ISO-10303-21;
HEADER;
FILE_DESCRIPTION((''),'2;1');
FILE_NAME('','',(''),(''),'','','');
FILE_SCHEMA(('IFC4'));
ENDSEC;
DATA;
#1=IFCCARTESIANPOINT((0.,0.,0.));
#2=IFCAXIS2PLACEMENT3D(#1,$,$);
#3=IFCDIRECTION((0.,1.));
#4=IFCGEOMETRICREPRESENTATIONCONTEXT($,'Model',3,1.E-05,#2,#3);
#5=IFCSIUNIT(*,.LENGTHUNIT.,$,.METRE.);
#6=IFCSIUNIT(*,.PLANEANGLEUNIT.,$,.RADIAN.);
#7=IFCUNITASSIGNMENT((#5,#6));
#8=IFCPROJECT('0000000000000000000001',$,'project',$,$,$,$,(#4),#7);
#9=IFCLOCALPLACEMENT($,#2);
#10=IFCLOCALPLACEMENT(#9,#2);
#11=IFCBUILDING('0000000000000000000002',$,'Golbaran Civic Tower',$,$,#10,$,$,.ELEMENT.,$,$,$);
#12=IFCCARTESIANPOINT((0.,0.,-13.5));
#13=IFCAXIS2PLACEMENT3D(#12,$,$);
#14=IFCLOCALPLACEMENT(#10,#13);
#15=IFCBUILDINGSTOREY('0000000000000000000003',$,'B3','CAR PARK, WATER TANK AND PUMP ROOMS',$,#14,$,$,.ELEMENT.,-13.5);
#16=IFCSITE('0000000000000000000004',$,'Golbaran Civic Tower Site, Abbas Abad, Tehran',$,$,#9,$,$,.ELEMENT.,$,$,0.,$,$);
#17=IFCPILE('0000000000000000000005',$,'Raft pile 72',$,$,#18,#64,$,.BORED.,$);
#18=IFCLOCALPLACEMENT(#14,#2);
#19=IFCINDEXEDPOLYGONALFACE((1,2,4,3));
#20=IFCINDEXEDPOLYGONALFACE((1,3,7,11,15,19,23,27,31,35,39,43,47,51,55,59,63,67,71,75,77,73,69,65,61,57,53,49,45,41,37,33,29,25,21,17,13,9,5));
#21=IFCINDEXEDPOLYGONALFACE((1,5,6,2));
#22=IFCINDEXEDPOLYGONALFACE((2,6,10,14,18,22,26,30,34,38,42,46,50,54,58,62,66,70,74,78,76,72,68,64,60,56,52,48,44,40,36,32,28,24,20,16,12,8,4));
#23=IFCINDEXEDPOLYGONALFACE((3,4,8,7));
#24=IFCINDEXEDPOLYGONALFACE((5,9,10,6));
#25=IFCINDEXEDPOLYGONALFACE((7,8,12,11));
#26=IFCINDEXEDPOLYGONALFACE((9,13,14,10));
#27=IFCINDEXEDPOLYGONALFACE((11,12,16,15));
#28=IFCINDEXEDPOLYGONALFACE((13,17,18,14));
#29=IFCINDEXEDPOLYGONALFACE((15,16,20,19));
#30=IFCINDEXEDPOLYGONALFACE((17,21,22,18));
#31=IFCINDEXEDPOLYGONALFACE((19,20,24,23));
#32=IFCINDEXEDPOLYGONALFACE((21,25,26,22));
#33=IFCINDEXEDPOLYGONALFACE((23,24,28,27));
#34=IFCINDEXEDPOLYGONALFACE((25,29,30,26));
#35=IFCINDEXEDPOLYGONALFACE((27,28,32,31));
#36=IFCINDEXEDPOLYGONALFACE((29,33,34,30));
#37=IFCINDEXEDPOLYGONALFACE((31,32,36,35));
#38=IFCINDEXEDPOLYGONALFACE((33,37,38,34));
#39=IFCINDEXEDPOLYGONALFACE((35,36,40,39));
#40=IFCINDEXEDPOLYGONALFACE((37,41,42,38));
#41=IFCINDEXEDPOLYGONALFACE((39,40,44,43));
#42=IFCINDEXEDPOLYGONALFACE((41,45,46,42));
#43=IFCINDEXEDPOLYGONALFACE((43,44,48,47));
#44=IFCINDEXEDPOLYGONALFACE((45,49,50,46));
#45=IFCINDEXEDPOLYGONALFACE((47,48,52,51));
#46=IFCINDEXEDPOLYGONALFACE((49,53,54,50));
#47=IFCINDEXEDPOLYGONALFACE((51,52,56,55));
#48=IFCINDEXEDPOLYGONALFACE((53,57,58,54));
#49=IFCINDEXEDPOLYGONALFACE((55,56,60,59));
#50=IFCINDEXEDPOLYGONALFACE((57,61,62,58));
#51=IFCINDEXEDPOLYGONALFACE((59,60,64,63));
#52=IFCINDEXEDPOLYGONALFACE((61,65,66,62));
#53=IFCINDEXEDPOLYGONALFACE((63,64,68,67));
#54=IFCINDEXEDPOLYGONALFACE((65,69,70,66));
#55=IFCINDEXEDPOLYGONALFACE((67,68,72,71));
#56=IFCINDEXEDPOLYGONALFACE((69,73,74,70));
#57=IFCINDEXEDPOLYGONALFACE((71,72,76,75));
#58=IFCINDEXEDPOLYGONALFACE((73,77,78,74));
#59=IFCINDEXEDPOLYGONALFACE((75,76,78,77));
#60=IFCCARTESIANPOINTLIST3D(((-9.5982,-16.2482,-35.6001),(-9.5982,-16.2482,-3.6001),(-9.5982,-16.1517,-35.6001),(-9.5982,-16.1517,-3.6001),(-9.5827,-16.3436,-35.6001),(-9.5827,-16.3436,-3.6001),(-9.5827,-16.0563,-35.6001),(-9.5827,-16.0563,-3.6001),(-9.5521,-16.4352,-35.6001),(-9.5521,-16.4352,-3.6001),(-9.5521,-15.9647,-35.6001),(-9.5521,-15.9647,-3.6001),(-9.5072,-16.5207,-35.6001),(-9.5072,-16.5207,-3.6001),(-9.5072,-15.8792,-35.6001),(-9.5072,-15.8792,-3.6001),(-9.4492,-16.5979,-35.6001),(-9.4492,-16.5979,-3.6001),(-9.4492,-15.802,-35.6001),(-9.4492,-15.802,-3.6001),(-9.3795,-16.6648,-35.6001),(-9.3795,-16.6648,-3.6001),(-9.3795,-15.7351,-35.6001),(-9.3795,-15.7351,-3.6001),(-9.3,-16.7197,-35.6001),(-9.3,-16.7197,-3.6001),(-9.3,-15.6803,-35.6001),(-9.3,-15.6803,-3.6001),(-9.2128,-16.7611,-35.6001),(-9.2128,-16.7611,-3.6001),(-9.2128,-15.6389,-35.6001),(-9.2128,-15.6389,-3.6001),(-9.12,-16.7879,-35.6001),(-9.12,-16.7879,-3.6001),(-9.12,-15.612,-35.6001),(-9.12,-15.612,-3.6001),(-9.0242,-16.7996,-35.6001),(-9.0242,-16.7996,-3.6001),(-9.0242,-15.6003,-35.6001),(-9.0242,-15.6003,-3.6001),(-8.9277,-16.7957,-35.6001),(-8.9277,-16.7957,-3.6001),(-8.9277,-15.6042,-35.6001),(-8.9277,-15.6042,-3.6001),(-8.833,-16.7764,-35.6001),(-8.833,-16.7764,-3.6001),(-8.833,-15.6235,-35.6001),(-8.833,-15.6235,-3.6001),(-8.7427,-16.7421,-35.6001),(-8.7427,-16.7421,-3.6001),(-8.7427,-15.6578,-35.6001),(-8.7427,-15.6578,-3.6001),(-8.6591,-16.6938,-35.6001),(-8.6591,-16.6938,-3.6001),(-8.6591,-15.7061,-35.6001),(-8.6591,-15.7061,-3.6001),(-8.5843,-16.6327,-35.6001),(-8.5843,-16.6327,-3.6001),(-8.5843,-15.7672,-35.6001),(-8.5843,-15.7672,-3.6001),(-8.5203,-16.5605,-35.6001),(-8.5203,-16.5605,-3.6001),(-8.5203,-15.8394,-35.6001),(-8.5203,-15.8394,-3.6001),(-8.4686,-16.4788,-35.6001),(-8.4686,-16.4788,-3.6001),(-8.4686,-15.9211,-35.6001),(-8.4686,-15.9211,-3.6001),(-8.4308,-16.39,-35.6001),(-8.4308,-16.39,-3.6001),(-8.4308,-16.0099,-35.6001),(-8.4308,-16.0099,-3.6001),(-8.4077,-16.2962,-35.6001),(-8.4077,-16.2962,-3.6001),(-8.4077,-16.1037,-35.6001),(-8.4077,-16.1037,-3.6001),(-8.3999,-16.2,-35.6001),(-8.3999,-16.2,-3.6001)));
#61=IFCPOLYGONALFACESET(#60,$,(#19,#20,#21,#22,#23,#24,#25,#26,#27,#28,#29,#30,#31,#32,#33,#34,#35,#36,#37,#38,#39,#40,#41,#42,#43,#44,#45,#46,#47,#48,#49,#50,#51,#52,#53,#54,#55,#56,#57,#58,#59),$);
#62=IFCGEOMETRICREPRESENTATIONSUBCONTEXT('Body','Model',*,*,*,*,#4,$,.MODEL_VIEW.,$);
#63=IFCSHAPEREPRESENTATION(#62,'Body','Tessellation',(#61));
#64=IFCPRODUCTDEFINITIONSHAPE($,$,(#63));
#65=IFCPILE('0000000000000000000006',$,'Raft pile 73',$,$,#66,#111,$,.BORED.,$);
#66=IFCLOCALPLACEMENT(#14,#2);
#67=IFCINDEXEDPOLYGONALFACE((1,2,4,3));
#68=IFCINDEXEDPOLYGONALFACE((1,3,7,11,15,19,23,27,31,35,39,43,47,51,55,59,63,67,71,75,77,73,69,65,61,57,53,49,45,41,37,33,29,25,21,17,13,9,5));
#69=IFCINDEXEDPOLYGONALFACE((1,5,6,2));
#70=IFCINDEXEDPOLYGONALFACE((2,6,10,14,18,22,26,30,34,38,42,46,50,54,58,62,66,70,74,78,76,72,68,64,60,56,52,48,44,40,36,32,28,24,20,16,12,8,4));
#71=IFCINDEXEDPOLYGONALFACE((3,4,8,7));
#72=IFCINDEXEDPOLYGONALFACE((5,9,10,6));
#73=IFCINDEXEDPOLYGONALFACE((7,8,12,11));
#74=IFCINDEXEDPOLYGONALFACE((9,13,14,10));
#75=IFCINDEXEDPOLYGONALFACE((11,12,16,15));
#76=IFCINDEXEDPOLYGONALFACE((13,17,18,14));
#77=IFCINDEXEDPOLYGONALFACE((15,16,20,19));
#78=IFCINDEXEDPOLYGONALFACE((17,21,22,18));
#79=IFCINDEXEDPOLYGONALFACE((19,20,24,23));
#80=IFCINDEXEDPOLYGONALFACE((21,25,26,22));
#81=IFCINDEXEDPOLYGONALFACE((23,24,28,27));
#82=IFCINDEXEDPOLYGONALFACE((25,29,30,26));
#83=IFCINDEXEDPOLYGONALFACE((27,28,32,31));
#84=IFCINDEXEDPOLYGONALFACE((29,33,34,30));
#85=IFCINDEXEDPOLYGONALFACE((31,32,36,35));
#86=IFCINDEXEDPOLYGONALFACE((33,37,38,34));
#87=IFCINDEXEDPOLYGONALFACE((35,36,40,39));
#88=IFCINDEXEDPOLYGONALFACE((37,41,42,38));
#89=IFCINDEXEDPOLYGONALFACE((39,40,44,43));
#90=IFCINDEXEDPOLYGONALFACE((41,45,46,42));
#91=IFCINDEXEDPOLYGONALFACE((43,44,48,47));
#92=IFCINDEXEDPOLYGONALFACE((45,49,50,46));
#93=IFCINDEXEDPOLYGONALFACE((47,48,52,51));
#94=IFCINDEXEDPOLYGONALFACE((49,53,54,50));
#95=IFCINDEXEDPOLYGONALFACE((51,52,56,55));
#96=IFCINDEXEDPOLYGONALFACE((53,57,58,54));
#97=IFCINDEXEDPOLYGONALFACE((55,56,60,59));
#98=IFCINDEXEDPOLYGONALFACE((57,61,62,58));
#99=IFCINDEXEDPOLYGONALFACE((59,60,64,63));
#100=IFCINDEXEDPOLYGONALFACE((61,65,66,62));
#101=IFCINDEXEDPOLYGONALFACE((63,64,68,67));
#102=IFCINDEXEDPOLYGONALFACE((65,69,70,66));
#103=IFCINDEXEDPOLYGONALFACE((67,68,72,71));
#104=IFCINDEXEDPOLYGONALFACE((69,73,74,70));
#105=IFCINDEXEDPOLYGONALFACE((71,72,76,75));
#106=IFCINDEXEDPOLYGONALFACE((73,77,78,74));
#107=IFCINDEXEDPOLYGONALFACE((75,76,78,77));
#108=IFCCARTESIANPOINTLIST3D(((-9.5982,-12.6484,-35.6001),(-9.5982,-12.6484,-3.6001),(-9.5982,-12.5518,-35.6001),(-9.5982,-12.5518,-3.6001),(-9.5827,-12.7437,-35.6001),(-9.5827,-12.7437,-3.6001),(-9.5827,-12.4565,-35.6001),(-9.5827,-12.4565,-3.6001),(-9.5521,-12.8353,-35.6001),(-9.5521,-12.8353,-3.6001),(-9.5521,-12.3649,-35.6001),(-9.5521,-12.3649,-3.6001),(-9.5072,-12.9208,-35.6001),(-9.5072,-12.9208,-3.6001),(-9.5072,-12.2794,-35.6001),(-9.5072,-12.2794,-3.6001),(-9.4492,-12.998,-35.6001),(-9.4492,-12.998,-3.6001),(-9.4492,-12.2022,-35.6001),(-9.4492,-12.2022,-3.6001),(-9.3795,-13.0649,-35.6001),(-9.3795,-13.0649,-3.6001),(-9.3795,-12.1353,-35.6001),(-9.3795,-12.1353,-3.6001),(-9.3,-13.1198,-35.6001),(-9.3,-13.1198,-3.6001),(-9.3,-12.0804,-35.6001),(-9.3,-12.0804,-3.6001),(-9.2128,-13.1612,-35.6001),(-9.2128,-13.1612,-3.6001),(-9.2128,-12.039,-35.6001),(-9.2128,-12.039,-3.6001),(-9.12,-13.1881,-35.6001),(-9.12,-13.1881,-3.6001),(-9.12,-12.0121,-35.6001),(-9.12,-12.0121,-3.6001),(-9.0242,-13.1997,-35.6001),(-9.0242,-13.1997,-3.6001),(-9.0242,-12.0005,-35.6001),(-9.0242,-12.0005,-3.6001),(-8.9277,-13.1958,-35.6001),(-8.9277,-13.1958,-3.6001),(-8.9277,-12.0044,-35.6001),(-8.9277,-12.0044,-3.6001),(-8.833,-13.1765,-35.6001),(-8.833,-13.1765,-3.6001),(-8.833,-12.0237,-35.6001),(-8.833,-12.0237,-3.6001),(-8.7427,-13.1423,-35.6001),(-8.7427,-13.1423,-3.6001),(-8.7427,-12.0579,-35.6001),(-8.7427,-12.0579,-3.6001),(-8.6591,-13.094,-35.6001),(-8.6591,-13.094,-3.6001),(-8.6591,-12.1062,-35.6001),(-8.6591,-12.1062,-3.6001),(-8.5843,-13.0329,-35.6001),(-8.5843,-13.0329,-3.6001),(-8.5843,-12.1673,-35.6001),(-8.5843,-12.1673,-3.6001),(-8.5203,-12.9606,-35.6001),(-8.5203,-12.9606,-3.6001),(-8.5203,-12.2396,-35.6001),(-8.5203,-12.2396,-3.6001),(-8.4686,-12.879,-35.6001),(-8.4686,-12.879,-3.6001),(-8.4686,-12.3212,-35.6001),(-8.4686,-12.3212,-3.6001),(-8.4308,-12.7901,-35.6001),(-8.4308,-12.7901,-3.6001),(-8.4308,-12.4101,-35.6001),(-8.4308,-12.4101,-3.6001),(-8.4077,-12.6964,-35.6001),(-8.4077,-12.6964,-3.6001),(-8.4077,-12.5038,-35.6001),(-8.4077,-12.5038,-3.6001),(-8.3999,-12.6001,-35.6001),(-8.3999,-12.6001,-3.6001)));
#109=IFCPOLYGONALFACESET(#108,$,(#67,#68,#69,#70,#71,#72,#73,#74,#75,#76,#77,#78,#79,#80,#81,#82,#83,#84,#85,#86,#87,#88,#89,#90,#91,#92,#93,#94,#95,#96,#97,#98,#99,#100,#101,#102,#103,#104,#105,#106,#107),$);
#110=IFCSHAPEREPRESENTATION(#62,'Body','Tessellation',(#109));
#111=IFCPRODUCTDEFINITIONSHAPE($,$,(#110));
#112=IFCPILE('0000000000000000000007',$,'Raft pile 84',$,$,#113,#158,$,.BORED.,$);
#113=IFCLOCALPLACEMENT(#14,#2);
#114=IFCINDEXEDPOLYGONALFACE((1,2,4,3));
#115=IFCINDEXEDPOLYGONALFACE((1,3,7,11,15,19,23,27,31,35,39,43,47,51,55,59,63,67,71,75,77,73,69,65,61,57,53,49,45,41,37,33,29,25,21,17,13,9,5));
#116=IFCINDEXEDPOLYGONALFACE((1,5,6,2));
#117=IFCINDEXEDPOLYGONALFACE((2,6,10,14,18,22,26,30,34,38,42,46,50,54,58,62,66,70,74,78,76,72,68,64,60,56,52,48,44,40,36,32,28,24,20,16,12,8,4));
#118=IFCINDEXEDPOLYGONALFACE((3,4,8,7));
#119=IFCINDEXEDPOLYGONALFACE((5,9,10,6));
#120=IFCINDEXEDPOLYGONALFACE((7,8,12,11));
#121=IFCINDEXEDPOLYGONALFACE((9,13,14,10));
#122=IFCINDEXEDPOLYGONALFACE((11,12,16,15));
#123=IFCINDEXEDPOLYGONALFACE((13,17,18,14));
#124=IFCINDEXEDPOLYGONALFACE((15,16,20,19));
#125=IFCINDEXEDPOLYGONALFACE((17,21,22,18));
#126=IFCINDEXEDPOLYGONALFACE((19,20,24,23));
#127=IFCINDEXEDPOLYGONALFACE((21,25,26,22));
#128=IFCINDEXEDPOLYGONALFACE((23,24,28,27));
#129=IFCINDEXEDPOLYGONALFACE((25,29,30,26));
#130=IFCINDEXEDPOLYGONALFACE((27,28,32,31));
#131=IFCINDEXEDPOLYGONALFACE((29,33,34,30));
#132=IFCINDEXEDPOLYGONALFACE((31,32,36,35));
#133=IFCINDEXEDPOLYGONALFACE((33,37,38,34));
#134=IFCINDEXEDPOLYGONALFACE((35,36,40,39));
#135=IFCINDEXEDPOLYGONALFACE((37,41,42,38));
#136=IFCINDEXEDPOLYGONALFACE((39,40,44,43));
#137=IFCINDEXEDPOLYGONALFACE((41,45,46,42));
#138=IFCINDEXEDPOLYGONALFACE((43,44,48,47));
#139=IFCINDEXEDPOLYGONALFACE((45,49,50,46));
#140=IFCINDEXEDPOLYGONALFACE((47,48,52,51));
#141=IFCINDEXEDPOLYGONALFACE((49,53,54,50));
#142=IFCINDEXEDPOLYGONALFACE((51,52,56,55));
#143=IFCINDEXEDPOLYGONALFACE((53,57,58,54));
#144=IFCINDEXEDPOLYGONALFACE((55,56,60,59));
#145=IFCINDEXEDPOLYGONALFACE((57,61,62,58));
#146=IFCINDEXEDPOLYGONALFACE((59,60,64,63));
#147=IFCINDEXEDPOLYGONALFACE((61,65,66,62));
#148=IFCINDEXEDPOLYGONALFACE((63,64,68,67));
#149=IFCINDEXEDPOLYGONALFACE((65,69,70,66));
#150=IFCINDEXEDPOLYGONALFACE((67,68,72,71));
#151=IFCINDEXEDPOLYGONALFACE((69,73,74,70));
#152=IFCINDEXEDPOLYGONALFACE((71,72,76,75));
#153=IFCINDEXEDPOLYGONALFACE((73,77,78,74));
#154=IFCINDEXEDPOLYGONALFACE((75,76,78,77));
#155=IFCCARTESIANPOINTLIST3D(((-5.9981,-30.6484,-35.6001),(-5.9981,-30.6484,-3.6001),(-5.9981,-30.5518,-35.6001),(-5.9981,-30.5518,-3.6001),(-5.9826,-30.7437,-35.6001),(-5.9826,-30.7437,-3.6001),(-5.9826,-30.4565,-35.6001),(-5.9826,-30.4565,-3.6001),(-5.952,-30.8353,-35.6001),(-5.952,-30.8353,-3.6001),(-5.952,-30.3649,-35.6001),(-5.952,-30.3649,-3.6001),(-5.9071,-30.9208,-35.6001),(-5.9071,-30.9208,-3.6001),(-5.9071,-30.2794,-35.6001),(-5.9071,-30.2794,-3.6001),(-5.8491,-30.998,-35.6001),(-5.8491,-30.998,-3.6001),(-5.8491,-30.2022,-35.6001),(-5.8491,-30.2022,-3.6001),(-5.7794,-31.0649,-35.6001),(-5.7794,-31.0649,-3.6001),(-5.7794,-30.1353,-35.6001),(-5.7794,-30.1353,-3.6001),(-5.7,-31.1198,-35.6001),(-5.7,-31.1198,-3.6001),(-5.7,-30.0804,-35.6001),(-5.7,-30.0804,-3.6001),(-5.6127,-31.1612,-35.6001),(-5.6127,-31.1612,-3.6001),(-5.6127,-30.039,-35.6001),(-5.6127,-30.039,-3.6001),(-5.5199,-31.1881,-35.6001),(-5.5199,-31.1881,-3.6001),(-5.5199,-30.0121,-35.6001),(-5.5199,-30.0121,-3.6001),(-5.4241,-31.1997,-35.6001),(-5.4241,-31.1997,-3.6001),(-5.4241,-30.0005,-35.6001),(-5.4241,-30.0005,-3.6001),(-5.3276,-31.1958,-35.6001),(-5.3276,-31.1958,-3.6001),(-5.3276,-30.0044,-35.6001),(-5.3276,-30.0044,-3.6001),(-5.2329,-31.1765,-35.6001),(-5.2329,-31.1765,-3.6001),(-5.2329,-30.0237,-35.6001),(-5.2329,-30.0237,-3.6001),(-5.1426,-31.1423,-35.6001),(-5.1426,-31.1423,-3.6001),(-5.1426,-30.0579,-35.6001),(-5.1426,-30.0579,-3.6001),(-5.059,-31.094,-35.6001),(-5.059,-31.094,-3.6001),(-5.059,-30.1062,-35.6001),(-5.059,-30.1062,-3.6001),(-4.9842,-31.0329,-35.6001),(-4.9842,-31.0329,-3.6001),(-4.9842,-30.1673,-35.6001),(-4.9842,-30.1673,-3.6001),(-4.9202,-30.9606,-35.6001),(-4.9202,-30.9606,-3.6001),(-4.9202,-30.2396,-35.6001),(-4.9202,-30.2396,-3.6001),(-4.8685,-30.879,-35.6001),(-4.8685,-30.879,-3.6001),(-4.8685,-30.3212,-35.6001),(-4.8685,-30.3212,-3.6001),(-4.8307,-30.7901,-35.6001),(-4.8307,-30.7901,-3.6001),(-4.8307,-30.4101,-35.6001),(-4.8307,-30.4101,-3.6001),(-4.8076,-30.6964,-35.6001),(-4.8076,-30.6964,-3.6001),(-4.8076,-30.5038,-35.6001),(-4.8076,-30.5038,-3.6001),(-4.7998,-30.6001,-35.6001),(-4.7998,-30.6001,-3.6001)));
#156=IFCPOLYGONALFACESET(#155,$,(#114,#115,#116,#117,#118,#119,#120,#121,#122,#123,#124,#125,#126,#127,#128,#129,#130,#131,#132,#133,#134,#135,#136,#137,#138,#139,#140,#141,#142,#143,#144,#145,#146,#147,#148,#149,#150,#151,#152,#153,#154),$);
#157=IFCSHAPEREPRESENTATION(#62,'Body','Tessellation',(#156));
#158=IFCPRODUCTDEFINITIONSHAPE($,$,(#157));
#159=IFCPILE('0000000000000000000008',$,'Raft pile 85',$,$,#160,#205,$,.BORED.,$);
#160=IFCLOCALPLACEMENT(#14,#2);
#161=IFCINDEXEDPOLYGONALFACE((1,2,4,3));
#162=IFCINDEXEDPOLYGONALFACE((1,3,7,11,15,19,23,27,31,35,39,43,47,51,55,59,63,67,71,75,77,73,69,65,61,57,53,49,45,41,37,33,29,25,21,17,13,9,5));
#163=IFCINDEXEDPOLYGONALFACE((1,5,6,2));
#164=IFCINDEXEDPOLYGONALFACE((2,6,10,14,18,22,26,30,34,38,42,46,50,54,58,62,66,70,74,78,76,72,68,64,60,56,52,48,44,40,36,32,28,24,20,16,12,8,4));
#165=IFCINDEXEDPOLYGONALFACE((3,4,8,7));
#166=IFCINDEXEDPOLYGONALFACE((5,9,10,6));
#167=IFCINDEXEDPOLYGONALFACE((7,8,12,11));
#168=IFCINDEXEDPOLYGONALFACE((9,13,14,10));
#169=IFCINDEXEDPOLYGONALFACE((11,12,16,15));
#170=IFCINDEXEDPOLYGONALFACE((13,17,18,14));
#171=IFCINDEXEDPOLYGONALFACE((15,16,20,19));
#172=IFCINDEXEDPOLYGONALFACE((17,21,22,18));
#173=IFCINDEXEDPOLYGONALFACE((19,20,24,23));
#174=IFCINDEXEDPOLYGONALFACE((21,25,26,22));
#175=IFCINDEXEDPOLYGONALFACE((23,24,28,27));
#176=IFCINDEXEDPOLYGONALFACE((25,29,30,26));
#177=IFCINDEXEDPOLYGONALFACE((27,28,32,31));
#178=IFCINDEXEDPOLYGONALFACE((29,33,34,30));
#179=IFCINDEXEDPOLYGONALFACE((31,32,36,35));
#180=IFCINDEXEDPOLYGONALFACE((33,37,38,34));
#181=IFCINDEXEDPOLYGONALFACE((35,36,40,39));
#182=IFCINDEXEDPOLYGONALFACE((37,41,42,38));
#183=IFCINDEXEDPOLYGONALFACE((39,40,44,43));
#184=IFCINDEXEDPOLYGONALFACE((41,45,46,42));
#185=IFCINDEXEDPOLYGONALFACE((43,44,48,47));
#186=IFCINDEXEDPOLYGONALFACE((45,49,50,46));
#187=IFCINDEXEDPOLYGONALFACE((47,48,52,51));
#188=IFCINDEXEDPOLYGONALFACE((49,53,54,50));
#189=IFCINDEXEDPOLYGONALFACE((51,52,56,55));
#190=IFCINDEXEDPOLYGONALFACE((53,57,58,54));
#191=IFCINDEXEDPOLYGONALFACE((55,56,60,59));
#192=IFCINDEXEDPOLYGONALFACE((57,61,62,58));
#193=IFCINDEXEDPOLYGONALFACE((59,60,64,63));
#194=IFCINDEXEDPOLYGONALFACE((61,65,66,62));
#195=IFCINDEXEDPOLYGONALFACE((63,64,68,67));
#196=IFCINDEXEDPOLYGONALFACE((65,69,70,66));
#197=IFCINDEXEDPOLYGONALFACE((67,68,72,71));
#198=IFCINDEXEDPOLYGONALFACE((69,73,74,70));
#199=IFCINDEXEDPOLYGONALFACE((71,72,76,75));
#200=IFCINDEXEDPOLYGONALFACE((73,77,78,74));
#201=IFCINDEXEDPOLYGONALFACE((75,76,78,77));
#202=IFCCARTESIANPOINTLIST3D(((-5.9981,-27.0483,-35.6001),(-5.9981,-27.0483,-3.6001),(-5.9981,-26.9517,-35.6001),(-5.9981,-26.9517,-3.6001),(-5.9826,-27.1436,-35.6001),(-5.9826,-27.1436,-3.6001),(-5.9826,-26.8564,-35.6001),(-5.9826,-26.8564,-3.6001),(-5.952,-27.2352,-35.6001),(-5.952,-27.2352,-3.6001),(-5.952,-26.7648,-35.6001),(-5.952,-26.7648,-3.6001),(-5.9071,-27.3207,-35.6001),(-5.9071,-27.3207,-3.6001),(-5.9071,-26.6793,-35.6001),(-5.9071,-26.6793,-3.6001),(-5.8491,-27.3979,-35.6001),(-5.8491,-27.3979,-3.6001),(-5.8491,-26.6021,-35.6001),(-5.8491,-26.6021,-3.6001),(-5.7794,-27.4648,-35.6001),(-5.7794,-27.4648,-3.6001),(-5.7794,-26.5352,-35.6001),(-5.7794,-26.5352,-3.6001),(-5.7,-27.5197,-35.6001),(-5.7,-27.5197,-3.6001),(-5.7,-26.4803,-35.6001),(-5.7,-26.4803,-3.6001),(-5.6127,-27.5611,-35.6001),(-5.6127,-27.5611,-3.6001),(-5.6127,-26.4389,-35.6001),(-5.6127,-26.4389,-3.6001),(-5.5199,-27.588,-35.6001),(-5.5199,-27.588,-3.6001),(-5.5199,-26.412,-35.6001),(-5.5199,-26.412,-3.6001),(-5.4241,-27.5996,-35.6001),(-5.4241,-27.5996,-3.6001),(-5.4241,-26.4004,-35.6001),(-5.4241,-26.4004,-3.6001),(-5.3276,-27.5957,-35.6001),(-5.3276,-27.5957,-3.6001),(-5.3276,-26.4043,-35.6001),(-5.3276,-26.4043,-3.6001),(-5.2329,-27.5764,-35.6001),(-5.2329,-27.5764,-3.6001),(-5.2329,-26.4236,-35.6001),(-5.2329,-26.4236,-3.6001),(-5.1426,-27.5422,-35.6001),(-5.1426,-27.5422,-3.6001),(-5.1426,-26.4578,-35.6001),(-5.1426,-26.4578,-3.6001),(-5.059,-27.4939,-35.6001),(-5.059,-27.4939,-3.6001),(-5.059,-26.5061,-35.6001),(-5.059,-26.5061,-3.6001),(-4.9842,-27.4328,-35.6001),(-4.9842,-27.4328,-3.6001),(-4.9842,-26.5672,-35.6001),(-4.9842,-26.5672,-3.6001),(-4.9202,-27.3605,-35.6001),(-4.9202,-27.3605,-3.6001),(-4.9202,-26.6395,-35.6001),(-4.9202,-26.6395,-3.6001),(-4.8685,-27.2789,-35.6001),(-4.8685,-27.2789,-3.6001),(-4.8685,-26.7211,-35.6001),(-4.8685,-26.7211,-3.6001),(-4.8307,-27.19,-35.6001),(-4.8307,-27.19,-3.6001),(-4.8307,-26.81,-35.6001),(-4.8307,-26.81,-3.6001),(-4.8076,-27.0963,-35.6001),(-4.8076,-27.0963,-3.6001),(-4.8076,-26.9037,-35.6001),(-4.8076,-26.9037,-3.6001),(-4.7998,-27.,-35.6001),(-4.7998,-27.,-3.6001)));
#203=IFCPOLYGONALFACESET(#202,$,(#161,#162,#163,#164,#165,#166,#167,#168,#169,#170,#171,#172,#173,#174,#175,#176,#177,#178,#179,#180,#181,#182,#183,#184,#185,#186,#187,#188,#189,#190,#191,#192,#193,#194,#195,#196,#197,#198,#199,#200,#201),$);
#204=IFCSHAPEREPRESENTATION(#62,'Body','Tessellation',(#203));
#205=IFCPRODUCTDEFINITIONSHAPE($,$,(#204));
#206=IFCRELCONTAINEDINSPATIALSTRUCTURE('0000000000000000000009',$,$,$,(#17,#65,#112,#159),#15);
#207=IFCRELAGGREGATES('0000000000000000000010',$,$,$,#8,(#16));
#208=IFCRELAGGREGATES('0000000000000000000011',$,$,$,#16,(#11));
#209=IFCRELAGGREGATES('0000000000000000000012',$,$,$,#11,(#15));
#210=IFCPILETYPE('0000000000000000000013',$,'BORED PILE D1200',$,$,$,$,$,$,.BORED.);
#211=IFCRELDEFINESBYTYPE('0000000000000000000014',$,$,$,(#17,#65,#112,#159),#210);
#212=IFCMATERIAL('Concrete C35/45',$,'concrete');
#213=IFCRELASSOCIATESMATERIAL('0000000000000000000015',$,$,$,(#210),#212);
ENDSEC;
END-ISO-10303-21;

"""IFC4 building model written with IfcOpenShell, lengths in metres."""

from ifc_helpers import new_model, si_unit, direction, frame, origin, origin_2d, place, context, subcontext, project, spatial, circle, extrude, material, material_profile, profile_set, type_object, element, save


model = new_model("IFC4")

# Units and contexts
model_context = context("Model", 3, precision=1e-05, world=origin(), true_north=direction((0.0, 1.0)))
body_context = subcontext(model_context, "Body", "Model", "MODEL_VIEW")
ifc_project = project(units=[si_unit("LENGTHUNIT", "METRE"), si_unit("PLANEANGLEUNIT", "RADIAN")], contexts=[model_context])

# Site, building, storey
site_placement = place(None, origin())
site = spatial("IfcSite", under=ifc_project, at=site_placement, Name="Golbaran Civic Tower Site, Abbas Abad, Tehran", CompositionType="ELEMENT", RefElevation=0.0)
building_placement = place(site_placement, origin())
building = spatial("IfcBuilding", under=site, at=building_placement, Name="Golbaran Civic Tower", CompositionType="ELEMENT")
storey_placement = place(building_placement, frame((0.0, 0.0, -13.5)))
storey = spatial("IfcBuildingStorey", under=building, at=storey_placement, Name="B3", Description="CAR PARK, WATER TANK AND PUMP ROOMS", CompositionType="ELEMENT", Elevation=-13.5)

# Piles
ifc_material_1 = material(Name="Concrete C35/45", Category="concrete")
ifc_material_profile_1 = material_profile(ifc_material_1, circle(Radius=0.6001, at=origin_2d()), Name="BORED PILE D1200")
ifc_profile_set_1 = profile_set([ifc_material_profile_1], Name="Concrete C35/45")
pile_type_1 = type_object("IfcPileType", Name="BORED PILE D1200", PredefinedType="BORED", material=ifc_profile_set_1)
for number, where, z_axis, x_axis, name in (
    (1, (-9.0, -16.2, -3.6001), (0.0, 0.0, -1.0), (1.0, 0.0, 0.0), "Raft pile 72"),
    (2, (-9.0, -12.6001, -3.6001), (0.0, 0.0, -1.0), (1.0, 0.0, 0.0), "Raft pile 73"),
    (3, (-5.3999, -30.6001, -3.6001), (0.0, 0.0, -1.0), (1.0, 0.0, 0.0), "Raft pile 84"),
    (4, (-5.3999, -27.0, -3.6001), (0.0, 0.0, -1.0), (1.0, 0.0, 0.0), "Raft pile 85"),
):
    element("IfcPile", number, at=place(storey_placement, frame(where, z_axis=z_axis, x_axis=x_axis)), inside=storey, type_object=pile_type_1, Name=name, PredefinedType="BORED", context=body_context, shape_type="SweptSolid", body=[
        extrude(circle(Radius=0.6001, at=origin_2d()), origin(), (0.0, 0.0, 1.0), 32.0),
    ])

save(model, "model.ifc")
